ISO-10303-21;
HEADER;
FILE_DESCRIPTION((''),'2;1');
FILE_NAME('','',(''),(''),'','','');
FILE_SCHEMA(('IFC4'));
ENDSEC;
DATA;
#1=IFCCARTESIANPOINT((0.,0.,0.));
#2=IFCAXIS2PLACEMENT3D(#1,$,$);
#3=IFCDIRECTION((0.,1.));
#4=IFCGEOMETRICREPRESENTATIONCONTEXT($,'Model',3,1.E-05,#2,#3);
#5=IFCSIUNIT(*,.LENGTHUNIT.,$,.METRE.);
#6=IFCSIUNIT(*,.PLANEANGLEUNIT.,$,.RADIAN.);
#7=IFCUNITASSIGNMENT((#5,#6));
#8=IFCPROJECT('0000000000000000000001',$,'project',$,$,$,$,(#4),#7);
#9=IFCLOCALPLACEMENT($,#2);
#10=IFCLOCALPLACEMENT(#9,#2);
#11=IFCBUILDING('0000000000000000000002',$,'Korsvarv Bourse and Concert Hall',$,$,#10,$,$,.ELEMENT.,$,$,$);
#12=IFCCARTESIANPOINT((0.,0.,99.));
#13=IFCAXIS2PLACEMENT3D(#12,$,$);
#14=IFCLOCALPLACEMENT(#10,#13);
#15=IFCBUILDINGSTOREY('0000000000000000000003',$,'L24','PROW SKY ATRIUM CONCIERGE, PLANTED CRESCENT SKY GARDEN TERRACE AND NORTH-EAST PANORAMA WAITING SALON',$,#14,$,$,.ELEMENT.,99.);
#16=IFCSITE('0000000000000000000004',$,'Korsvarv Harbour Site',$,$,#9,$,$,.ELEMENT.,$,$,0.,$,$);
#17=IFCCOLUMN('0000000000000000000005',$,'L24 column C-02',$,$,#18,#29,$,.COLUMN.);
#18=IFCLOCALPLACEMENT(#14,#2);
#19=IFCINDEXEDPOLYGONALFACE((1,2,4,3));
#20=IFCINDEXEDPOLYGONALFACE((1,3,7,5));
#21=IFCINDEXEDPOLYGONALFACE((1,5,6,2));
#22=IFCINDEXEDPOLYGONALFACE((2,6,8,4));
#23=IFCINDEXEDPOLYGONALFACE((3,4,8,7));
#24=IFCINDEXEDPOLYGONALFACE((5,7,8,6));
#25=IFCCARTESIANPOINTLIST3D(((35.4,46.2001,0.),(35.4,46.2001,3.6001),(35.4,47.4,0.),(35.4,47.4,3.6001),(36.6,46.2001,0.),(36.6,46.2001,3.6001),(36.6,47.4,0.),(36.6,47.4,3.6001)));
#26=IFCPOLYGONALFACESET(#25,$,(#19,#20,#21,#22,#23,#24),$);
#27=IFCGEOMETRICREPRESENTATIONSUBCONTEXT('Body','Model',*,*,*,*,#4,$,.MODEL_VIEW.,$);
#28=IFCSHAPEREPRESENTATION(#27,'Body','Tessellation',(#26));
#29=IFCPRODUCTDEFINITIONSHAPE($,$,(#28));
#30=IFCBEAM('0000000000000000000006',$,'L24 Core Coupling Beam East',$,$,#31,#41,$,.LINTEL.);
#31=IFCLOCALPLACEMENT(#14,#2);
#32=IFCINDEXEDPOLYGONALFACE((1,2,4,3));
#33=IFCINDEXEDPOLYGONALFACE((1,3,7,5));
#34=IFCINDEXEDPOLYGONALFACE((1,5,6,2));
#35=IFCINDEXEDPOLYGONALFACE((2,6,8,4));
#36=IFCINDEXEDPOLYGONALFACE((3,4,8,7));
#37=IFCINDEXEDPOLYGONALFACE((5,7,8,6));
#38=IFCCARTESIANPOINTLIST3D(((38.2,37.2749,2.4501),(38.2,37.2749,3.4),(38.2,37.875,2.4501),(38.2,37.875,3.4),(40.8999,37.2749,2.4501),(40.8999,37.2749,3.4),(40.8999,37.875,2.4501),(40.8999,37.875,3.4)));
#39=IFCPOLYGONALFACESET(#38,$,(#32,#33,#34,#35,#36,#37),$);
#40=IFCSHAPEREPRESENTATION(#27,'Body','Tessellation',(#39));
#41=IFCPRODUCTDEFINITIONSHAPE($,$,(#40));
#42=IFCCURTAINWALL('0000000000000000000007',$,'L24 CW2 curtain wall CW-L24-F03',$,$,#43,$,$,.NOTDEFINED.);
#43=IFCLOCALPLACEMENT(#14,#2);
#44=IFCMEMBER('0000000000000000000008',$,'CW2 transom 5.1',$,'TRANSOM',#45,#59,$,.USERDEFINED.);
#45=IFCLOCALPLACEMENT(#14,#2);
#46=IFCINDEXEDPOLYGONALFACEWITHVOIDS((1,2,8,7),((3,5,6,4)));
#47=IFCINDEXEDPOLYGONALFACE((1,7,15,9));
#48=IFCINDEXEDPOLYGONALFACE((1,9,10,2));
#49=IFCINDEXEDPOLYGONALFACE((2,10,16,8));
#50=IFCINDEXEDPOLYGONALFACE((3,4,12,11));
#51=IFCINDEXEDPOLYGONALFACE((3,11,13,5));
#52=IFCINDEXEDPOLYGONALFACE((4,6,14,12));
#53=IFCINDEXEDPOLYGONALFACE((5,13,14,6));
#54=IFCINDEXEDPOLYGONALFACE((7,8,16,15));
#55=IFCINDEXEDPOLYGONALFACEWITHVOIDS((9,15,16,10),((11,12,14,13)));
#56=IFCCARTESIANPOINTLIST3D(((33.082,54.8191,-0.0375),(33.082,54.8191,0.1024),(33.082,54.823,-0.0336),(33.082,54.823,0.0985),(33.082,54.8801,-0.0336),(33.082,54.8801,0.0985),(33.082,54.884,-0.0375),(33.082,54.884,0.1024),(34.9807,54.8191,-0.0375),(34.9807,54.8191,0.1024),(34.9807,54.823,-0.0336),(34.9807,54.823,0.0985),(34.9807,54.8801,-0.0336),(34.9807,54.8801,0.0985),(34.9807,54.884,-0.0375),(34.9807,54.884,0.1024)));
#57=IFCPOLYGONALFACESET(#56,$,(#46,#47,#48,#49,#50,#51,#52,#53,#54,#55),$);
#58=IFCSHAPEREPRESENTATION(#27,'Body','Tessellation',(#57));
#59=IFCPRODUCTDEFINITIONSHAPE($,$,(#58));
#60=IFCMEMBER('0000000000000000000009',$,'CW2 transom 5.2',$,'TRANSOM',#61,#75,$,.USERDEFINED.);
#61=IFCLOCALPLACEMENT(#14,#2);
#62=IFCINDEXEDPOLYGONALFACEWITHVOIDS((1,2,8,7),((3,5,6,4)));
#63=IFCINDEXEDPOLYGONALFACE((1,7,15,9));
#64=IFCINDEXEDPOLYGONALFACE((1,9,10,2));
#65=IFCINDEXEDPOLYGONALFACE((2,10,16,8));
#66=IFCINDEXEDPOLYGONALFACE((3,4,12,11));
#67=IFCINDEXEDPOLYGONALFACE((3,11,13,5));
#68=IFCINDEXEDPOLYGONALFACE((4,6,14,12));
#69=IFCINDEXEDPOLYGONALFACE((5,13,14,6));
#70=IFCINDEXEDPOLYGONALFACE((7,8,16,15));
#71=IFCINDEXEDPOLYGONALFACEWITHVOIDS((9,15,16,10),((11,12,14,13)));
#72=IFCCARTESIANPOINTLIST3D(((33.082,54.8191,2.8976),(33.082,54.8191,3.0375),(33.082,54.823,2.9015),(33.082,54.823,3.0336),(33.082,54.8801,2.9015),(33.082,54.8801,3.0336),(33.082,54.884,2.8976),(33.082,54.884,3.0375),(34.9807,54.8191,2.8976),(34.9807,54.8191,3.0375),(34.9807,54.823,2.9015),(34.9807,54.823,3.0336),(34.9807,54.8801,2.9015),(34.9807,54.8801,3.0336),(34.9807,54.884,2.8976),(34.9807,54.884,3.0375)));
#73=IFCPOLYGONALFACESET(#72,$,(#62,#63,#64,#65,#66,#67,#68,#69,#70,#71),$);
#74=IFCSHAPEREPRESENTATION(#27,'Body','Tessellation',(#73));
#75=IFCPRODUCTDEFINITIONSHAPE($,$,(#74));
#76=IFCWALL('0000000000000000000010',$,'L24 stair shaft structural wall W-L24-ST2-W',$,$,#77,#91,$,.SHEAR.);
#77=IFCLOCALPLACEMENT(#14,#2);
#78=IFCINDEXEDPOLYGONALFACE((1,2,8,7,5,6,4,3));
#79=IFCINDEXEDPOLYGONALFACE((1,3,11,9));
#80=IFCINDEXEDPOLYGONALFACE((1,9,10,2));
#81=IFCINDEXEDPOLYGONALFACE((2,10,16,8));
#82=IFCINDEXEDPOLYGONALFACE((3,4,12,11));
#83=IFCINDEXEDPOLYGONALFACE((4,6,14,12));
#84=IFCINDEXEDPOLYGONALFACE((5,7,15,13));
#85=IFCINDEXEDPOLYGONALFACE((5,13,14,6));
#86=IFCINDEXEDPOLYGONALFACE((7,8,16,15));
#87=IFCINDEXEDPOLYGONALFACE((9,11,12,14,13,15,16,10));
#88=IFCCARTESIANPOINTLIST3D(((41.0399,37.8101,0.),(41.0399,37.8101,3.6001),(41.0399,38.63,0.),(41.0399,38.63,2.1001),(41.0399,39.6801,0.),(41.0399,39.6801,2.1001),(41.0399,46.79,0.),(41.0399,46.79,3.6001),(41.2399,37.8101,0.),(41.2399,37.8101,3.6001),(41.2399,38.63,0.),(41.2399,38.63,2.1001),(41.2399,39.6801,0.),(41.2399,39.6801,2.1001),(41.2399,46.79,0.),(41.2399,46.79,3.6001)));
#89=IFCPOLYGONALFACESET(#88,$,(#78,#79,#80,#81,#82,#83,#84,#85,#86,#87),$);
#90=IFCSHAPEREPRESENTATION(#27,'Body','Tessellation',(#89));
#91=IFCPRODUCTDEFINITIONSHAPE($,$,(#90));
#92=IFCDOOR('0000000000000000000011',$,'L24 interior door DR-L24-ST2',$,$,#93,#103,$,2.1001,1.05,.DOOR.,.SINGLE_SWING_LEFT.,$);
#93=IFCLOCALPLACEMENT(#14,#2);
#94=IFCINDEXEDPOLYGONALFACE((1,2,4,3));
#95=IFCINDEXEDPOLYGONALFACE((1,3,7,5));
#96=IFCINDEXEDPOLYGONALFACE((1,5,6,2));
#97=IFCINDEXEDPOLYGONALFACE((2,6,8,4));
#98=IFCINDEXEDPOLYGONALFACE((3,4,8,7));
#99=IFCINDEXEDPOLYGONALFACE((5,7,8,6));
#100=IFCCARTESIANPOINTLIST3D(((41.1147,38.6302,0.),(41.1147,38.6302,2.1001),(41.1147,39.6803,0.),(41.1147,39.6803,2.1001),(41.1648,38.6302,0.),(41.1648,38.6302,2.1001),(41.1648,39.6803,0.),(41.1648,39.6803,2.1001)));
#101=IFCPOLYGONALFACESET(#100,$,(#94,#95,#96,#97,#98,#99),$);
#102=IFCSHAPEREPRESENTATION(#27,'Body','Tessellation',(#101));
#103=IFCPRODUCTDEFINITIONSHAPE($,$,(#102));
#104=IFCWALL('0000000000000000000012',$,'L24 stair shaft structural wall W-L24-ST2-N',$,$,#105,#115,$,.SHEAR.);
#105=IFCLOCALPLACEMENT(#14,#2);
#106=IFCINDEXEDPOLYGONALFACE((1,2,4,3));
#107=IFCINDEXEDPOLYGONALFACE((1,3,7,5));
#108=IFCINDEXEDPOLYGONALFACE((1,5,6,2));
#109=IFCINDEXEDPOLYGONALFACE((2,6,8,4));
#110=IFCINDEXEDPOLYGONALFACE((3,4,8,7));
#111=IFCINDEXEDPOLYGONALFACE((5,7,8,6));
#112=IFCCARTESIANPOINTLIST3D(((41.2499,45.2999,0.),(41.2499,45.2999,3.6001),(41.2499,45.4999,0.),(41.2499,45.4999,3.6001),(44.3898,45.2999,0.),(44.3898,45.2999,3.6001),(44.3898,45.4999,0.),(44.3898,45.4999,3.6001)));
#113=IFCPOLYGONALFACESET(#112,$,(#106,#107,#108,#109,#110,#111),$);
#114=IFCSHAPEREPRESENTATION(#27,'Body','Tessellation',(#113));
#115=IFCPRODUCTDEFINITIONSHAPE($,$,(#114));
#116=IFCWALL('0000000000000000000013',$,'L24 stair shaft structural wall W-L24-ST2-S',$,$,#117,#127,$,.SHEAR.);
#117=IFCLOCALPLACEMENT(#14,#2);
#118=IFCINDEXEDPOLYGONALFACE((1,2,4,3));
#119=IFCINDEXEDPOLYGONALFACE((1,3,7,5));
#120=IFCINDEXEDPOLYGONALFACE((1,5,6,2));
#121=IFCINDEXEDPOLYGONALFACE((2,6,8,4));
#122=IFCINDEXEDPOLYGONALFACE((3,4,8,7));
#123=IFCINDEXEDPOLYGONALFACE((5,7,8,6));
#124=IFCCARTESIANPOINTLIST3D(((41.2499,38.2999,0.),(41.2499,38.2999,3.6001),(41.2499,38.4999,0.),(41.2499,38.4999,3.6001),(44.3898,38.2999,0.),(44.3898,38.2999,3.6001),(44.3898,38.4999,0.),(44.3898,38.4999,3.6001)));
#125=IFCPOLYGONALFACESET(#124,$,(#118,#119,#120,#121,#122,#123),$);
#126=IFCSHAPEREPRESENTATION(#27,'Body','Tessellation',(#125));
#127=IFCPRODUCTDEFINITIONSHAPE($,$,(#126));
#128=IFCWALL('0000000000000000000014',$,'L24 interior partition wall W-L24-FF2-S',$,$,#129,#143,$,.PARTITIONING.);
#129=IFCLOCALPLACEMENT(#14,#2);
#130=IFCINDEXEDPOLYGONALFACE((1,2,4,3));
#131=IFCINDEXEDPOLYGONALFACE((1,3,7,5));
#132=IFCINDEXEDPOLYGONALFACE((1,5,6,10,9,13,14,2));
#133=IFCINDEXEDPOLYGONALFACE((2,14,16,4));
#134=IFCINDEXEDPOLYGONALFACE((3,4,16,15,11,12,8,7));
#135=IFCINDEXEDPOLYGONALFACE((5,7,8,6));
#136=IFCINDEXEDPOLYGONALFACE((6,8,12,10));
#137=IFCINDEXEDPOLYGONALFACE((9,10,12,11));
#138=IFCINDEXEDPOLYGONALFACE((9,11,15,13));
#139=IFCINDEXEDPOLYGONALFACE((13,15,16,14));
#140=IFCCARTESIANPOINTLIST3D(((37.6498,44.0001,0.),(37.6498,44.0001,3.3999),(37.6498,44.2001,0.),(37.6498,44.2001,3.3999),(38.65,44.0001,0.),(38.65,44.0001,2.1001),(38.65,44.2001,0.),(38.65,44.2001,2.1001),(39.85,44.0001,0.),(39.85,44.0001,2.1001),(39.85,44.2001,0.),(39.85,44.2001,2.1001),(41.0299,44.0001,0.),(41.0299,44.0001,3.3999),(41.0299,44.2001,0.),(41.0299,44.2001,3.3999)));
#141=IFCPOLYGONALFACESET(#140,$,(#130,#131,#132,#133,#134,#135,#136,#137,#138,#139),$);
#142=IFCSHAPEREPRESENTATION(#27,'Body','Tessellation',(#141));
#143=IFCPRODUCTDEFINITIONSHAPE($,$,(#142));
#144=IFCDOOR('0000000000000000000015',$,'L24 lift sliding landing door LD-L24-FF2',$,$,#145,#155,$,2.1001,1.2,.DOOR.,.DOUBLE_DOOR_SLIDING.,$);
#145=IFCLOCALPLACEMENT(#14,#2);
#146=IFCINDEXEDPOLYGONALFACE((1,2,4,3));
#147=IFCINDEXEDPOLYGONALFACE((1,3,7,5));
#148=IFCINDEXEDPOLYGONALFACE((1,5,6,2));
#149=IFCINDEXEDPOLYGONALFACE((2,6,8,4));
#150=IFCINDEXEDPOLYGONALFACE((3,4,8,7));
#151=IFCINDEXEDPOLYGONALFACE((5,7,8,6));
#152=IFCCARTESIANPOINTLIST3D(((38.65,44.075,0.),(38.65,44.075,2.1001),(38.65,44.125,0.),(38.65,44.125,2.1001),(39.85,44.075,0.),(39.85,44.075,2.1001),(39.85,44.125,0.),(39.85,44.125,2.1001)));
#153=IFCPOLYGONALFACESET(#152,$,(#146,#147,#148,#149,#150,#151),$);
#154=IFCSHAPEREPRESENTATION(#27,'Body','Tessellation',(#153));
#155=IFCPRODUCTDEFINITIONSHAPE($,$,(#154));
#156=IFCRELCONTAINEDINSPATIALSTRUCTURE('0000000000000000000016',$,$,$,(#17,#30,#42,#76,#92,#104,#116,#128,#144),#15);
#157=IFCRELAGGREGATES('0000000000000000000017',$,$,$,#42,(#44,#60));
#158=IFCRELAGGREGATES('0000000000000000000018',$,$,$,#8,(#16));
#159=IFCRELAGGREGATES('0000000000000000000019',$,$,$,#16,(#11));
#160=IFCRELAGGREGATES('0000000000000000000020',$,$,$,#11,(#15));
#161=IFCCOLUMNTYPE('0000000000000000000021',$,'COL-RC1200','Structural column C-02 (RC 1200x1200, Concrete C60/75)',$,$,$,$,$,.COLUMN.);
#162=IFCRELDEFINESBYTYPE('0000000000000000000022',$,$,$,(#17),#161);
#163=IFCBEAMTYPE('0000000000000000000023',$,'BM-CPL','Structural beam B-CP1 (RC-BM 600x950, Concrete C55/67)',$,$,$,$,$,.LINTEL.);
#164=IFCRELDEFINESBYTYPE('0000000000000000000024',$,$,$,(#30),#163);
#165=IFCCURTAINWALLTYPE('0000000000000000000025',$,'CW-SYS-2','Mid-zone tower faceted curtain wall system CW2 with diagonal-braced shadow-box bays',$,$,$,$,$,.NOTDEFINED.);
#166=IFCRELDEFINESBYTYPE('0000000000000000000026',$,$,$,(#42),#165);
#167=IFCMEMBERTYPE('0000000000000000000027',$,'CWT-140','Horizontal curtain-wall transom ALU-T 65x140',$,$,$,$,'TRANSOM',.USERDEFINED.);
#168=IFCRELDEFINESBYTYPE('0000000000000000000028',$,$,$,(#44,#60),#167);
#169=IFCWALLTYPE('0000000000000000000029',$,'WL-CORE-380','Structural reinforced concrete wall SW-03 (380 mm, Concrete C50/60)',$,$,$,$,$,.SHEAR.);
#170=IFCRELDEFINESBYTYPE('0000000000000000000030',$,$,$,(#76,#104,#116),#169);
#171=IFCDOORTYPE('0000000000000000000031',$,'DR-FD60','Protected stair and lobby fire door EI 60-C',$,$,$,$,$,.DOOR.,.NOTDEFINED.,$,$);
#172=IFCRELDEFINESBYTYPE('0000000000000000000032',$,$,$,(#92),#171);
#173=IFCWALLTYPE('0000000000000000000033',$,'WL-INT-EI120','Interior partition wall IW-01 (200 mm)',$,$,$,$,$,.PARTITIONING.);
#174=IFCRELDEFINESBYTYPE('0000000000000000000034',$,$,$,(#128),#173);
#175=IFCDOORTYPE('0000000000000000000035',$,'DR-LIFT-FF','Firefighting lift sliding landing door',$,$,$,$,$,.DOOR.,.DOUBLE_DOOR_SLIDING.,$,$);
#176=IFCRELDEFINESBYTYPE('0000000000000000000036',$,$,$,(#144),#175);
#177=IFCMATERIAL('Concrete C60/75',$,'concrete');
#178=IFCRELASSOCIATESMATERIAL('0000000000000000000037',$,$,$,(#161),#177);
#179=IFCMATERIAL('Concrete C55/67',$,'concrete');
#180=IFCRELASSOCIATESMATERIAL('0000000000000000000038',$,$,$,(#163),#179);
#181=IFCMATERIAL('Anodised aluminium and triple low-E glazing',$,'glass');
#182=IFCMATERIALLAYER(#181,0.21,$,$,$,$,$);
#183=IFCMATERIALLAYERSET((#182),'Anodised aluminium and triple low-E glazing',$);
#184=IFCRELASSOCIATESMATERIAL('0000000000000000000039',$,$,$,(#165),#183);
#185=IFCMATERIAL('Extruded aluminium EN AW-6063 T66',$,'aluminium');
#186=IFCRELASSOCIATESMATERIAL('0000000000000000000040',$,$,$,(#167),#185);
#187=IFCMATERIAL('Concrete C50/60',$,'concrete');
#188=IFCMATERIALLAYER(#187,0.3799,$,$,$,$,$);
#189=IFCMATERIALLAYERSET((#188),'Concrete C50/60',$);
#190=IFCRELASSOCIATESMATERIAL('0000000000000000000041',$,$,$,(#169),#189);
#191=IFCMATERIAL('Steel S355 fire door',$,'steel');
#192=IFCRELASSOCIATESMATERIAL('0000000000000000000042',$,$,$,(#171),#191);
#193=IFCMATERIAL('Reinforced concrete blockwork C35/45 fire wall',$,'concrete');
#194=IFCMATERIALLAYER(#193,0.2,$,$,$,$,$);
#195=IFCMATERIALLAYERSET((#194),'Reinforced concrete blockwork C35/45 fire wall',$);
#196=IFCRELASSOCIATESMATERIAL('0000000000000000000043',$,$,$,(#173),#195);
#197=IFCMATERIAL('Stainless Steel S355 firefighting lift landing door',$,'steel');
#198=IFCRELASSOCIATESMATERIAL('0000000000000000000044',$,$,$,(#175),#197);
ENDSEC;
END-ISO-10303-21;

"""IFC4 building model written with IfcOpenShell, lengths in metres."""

from ifc_helpers import new_model, si_unit, direction, frame, frame_2d, origin, origin_2d, place, context, subcontext, project, spatial, rectangle, hollow_rectangle, extrude, source, transform, mapped, material, layer, layer_set, material_profile, profile_set, type_object, element, fill, aggregate, save


model = new_model("IFC4")

# Units and contexts
model_context = context("Model", 3, precision=1e-05, world=origin(), true_north=direction((0.0, 1.0)))
body_context = subcontext(model_context, "Body", "Model", "MODEL_VIEW")
ifc_project = project(units=[si_unit("LENGTHUNIT", "METRE"), si_unit("PLANEANGLEUNIT", "RADIAN")], contexts=[model_context])

# Site, building, storey
site_placement = place(None, origin())
site = spatial("IfcSite", under=ifc_project, at=site_placement, Name="Korsvarv Harbour Site", CompositionType="ELEMENT", RefElevation=0.0)
building_placement = place(site_placement, origin())
building = spatial("IfcBuilding", under=site, at=building_placement, Name="Korsvarv Bourse and Concert Hall", CompositionType="ELEMENT")
storey_placement = place(building_placement, frame((0.0, 0.0, 99.0)))
storey = spatial("IfcBuildingStorey", under=building, at=storey_placement, Name="L24", Description="PROW SKY ATRIUM CONCIERGE, PLANTED CRESCENT SKY GARDEN TERRACE AND NORTH-EAST PANORAMA WAITING SALON", CompositionType="ELEMENT", Elevation=99.0)

# Column
ifc_material_1 = material(Name="Concrete C60/75", Category="concrete")
ifc_material_profile_1 = material_profile(ifc_material_1, rectangle(XDim=1.2, YDim=1.2, at=origin_2d()), Name="RC 1200x1200")
ifc_profile_set_1 = profile_set([ifc_material_profile_1], Name="Concrete C60/75")
column_type = type_object("IfcColumnType", Name="COL-RC1200", Description="Structural column C-02 (RC 1200x1200, Concrete C60/75)", PredefinedType="COLUMN", material=ifc_profile_set_1)
shared_shape_1 = source(origin(), body_context, "Body", "SweptSolid", [
    extrude(rectangle(XDim=1.2, YDim=1.2, at=origin_2d()), origin(), (0.0, 0.0, 1.0), 3.6001),
])
column_placement = place(storey_placement, frame((36.0, 46.8, 0.0), z_axis=(0.0, 0.0, 1.0), x_axis=(1.0, 0.0, 0.0)))
element("IfcColumn", 1, at=column_placement, inside=storey, type_object=column_type, Name="L24 column C-02", PredefinedType="COLUMN", context=body_context, shape_type="MappedRepresentation", body=[
    mapped(shared_shape_1, transform((0.0, 0.0, 0.0), scale=1.0)),
])

# Beam
ifc_material_2 = material(Name="Concrete C55/67", Category="concrete")
ifc_material_profile_2 = material_profile(ifc_material_2, rectangle(XDim=0.6001, YDim=0.95, at=origin_2d()), Name="RC-BM 600x950")
ifc_profile_set_2 = profile_set([ifc_material_profile_2], Name="Concrete C55/67")
beam_type = type_object("IfcBeamType", Name="BM-CPL", Description="Structural beam B-CP1 (RC-BM 600x950, Concrete C55/67)", PredefinedType="LINTEL", material=ifc_profile_set_2)
shared_shape_2 = source(origin(), body_context, "Body", "SweptSolid", [
    extrude(rectangle(XDim=0.6001, YDim=0.95, at=origin_2d()), origin(), (0.0, 0.0, 1.0), 2.7),
])
beam_placement = place(storey_placement, frame((38.2, 37.575, 2.925), z_axis=(1.0, 0.0, 0.0), x_axis=(0.0, 1.0, 0.0)))
element("IfcBeam", 2, at=beam_placement, inside=storey, type_object=beam_type, Name="L24 Core Coupling Beam East", PredefinedType="LINTEL", context=body_context, shape_type="MappedRepresentation", body=[
    mapped(shared_shape_2, transform((0.0, 0.0, 0.0), scale=1.0)),
])

# Curtain wall, members
ifc_material_3 = material(Name="Anodised aluminium and triple low-E glazing", Category="glass")
ifc_layer_1 = layer(ifc_material_3, 0.21)
ifc_layer_set_1 = layer_set([ifc_layer_1], Name="Anodised aluminium and triple low-E glazing")
curtain_wall_type = type_object("IfcCurtainWallType", Name="CW-SYS-2", Description="Mid-zone tower faceted curtain wall system CW2 with diagonal-braced shadow-box bays", PredefinedType="NOTDEFINED", material=ifc_layer_set_1)
curtain_wall_placement = place(storey_placement, origin())
curtain_wall = element("IfcCurtainWall", 3, at=curtain_wall_placement, inside=storey, type_object=curtain_wall_type, Name="L24 CW2 curtain wall CW-L24-F03", PredefinedType="NOTDEFINED")
ifc_material_4 = material(Name="Extruded aluminium EN AW-6063 T66", Category="aluminium")
ifc_material_profile_3 = material_profile(ifc_material_4, hollow_rectangle(XDim=0.0649, YDim=0.1399, WallThickness=0.0039, at=origin_2d()), Name="ALU-T 65x140")
ifc_profile_set_3 = profile_set([ifc_material_profile_3], Name="Extruded aluminium EN AW-6063 T66")
member_type = type_object("IfcMemberType", Name="CWT-140", Description="Horizontal curtain-wall transom ALU-T 65x140", ElementType="TRANSOM", PredefinedType="USERDEFINED", material=ifc_profile_set_3)
shared_shape_3 = source(origin(), body_context, "Body", "SweptSolid", [
    extrude(hollow_rectangle(XDim=0.0649, YDim=0.1399, WallThickness=0.0039, at=origin_2d()), origin(), (0.0, 0.0, 1.0), 1.8987),
])
member_1_placement = place(storey_placement, frame((34.9807, 54.8516, 0.0325), z_axis=(-1.0, 0.0, 0.0), x_axis=(0.0, -1.0, 0.0)))
member_1 = element("IfcMember", 4, at=member_1_placement, type_object=member_type, Name="CW2 transom 5.1", ObjectType="TRANSOM", PredefinedType="USERDEFINED", context=body_context, shape_type="MappedRepresentation", body=[
    mapped(shared_shape_3, transform((0.0, 0.0, 0.0), scale=1.0)),
])
member_2_placement = place(storey_placement, frame((34.9807, 54.8516, 2.9675), z_axis=(-1.0, 0.0, 0.0), x_axis=(0.0, -1.0, 0.0)))
member_2 = element("IfcMember", 5, at=member_2_placement, type_object=member_type, Name="CW2 transom 5.2", ObjectType="TRANSOM", PredefinedType="USERDEFINED", context=body_context, shape_type="MappedRepresentation", body=[
    mapped(shared_shape_3, transform((0.0, 0.0, 0.0), scale=1.0)),
])
aggregate(curtain_wall, [member_1, member_2])

# Wall, opening, door
ifc_material_5 = material(Name="Concrete C50/60", Category="concrete")
ifc_layer_2 = layer(ifc_material_5, 0.3799)
ifc_layer_set_2 = layer_set([ifc_layer_2], Name="Concrete C50/60")
wall_type_1 = type_object("IfcWallType", Name="WL-CORE-380", Description="Structural reinforced concrete wall SW-03 (380 mm, Concrete C50/60)", PredefinedType="SHEAR", material=ifc_layer_set_2)
wall_1_placement = place(storey_placement, frame((41.1399, 37.8101, 0.0), z_axis=(0.0, 0.0, 1.0), x_axis=(0.0, 1.0, 0.0)))
wall_1 = element("IfcWall", 6, at=wall_1_placement, inside=storey, type_object=wall_type_1, Name="L24 stair shaft structural wall W-L24-ST2-W", PredefinedType="SHEAR", context=body_context, shape_type="SweptSolid", body=[
    extrude(rectangle(XDim=8.98, YDim=0.2, at=frame_2d((4.49, 0.0))), origin(), (0.0, 0.0, 1.0), 3.6001),
])
opening_1_placement = place(wall_1_placement, frame((0.8201, 0.0, 0.0)))
opening_1 = element("IfcOpeningElement", 7, at=opening_1_placement, cuts=wall_1, PredefinedType="OPENING", context=body_context, shape_type="SweptSolid", body=[
    extrude(rectangle(XDim=1.05, YDim=2.1001, at=frame_2d((0.5249, 1.05))), frame((0.0, 0.1099, 0.0), z_axis=(0.0, -1.0, 0.0), x_axis=(1.0, 0.0, 0.0)), (0.0, 0.0, 1.0), 0.22),
])
ifc_material_6 = material(Name="Steel S355 fire door", Category="steel")
door_type_1 = type_object("IfcDoorType", Name="DR-FD60", Description="Protected stair and lobby fire door EI 60-C", OperationType="NOTDEFINED", PredefinedType="DOOR", material=ifc_material_6)
door_1_placement = place(opening_1_placement, frame((1.05, 0.0, 0.0), z_axis=(0.0, 0.0, 1.0), x_axis=(-1.0, 0.0, 0.0)))
door_1 = element("IfcDoor", 8, at=door_1_placement, inside=storey, type_object=door_type_1, Name="L24 interior door DR-L24-ST2", OperationType="SINGLE_SWING_LEFT", OverallHeight=2.1001, OverallWidth=1.05, PredefinedType="DOOR", context=body_context, shape_type="SweptSolid", body=[
    extrude(rectangle(XDim=1.05, YDim=2.1001, at=frame_2d((0.5249, 1.05))), frame((0.0, 0.0249, 0.0), z_axis=(0.0, -1.0, 0.0), x_axis=(1.0, 0.0, 0.0)), (0.0, 0.0, 1.0), 0.05),
])
fill(opening_1, door_1)

# Walls
for number, where, z_axis, x_axis, name in (
    (9, (41.25, 45.3999, 0.0), (0.0, 0.0, 1.0), (1.0, 0.0, 0.0), "L24 stair shaft structural wall W-L24-ST2-N"),
    (10, (41.25, 38.3999, 0.0), (0.0, 0.0, 1.0), (1.0, 0.0, 0.0), "L24 stair shaft structural wall W-L24-ST2-S"),
):
    element("IfcWall", number, at=place(storey_placement, frame(where, z_axis=z_axis, x_axis=x_axis)), inside=storey, type_object=wall_type_1, Name=name, PredefinedType="SHEAR", context=body_context, shape_type="SweptSolid", body=[
        extrude(rectangle(XDim=3.1399, YDim=0.2, at=frame_2d((1.5698, 0.0))), origin(), (0.0, 0.0, 1.0), 3.6001),
    ])

# Wall, opening, door
ifc_material_7 = material(Name="Reinforced concrete blockwork C35/45 fire wall", Category="concrete")
ifc_layer_3 = layer(ifc_material_7, 0.2)
ifc_layer_set_3 = layer_set([ifc_layer_3], Name="Reinforced concrete blockwork C35/45 fire wall")
wall_type_2 = type_object("IfcWallType", Name="WL-INT-EI120", Description="Interior partition wall IW-01 (200 mm)", PredefinedType="PARTITIONING", material=ifc_layer_set_3)
wall_2_placement = place(storey_placement, frame((37.6499, 44.1001, 0.0), z_axis=(0.0, 0.0, 1.0), x_axis=(1.0, 0.0, 0.0)))
wall_2 = element("IfcWall", 11, at=wall_2_placement, inside=storey, type_object=wall_type_2, Name="L24 interior partition wall W-L24-FF2-S", PredefinedType="PARTITIONING", context=body_context, shape_type="SweptSolid", body=[
    extrude(rectangle(XDim=3.3801, YDim=0.2, at=frame_2d((1.6899, 0.0))), origin(), (0.0, 0.0, 1.0), 3.3999),
])
opening_2_placement = place(wall_2_placement, frame((1.0, 0.0, 0.0)))
opening_2 = element("IfcOpeningElement", 12, at=opening_2_placement, cuts=wall_2, PredefinedType="OPENING", context=body_context, shape_type="SweptSolid", body=[
    extrude(rectangle(XDim=1.2, YDim=2.1001, at=frame_2d((0.6001, 1.05))), frame((0.0, 0.1099, 0.0), z_axis=(0.0, -1.0, 0.0), x_axis=(1.0, 0.0, 0.0)), (0.0, 0.0, 1.0), 0.22),
])
ifc_material_8 = material(Name="Stainless Steel S355 firefighting lift landing door", Category="steel")
door_type_2 = type_object("IfcDoorType", Name="DR-LIFT-FF", Description="Firefighting lift sliding landing door", OperationType="DOUBLE_DOOR_SLIDING", PredefinedType="DOOR", material=ifc_material_8)
door_2_placement = place(opening_2_placement, origin())
door_2 = element("IfcDoor", 13, at=door_2_placement, inside=storey, type_object=door_type_2, Name="L24 lift sliding landing door LD-L24-FF2", OperationType="DOUBLE_DOOR_SLIDING", OverallHeight=2.1001, OverallWidth=1.2, PredefinedType="DOOR", context=body_context, shape_type="SweptSolid", body=[
    extrude(rectangle(XDim=1.2, YDim=2.1001, at=frame_2d((0.6001, 1.05))), frame((0.0, 0.0249, 0.0), z_axis=(0.0, -1.0, 0.0), x_axis=(1.0, 0.0, 0.0)), (0.0, 0.0, 1.0), 0.05),
])
fill(opening_2, door_2)

save(model, "model.ifc")
